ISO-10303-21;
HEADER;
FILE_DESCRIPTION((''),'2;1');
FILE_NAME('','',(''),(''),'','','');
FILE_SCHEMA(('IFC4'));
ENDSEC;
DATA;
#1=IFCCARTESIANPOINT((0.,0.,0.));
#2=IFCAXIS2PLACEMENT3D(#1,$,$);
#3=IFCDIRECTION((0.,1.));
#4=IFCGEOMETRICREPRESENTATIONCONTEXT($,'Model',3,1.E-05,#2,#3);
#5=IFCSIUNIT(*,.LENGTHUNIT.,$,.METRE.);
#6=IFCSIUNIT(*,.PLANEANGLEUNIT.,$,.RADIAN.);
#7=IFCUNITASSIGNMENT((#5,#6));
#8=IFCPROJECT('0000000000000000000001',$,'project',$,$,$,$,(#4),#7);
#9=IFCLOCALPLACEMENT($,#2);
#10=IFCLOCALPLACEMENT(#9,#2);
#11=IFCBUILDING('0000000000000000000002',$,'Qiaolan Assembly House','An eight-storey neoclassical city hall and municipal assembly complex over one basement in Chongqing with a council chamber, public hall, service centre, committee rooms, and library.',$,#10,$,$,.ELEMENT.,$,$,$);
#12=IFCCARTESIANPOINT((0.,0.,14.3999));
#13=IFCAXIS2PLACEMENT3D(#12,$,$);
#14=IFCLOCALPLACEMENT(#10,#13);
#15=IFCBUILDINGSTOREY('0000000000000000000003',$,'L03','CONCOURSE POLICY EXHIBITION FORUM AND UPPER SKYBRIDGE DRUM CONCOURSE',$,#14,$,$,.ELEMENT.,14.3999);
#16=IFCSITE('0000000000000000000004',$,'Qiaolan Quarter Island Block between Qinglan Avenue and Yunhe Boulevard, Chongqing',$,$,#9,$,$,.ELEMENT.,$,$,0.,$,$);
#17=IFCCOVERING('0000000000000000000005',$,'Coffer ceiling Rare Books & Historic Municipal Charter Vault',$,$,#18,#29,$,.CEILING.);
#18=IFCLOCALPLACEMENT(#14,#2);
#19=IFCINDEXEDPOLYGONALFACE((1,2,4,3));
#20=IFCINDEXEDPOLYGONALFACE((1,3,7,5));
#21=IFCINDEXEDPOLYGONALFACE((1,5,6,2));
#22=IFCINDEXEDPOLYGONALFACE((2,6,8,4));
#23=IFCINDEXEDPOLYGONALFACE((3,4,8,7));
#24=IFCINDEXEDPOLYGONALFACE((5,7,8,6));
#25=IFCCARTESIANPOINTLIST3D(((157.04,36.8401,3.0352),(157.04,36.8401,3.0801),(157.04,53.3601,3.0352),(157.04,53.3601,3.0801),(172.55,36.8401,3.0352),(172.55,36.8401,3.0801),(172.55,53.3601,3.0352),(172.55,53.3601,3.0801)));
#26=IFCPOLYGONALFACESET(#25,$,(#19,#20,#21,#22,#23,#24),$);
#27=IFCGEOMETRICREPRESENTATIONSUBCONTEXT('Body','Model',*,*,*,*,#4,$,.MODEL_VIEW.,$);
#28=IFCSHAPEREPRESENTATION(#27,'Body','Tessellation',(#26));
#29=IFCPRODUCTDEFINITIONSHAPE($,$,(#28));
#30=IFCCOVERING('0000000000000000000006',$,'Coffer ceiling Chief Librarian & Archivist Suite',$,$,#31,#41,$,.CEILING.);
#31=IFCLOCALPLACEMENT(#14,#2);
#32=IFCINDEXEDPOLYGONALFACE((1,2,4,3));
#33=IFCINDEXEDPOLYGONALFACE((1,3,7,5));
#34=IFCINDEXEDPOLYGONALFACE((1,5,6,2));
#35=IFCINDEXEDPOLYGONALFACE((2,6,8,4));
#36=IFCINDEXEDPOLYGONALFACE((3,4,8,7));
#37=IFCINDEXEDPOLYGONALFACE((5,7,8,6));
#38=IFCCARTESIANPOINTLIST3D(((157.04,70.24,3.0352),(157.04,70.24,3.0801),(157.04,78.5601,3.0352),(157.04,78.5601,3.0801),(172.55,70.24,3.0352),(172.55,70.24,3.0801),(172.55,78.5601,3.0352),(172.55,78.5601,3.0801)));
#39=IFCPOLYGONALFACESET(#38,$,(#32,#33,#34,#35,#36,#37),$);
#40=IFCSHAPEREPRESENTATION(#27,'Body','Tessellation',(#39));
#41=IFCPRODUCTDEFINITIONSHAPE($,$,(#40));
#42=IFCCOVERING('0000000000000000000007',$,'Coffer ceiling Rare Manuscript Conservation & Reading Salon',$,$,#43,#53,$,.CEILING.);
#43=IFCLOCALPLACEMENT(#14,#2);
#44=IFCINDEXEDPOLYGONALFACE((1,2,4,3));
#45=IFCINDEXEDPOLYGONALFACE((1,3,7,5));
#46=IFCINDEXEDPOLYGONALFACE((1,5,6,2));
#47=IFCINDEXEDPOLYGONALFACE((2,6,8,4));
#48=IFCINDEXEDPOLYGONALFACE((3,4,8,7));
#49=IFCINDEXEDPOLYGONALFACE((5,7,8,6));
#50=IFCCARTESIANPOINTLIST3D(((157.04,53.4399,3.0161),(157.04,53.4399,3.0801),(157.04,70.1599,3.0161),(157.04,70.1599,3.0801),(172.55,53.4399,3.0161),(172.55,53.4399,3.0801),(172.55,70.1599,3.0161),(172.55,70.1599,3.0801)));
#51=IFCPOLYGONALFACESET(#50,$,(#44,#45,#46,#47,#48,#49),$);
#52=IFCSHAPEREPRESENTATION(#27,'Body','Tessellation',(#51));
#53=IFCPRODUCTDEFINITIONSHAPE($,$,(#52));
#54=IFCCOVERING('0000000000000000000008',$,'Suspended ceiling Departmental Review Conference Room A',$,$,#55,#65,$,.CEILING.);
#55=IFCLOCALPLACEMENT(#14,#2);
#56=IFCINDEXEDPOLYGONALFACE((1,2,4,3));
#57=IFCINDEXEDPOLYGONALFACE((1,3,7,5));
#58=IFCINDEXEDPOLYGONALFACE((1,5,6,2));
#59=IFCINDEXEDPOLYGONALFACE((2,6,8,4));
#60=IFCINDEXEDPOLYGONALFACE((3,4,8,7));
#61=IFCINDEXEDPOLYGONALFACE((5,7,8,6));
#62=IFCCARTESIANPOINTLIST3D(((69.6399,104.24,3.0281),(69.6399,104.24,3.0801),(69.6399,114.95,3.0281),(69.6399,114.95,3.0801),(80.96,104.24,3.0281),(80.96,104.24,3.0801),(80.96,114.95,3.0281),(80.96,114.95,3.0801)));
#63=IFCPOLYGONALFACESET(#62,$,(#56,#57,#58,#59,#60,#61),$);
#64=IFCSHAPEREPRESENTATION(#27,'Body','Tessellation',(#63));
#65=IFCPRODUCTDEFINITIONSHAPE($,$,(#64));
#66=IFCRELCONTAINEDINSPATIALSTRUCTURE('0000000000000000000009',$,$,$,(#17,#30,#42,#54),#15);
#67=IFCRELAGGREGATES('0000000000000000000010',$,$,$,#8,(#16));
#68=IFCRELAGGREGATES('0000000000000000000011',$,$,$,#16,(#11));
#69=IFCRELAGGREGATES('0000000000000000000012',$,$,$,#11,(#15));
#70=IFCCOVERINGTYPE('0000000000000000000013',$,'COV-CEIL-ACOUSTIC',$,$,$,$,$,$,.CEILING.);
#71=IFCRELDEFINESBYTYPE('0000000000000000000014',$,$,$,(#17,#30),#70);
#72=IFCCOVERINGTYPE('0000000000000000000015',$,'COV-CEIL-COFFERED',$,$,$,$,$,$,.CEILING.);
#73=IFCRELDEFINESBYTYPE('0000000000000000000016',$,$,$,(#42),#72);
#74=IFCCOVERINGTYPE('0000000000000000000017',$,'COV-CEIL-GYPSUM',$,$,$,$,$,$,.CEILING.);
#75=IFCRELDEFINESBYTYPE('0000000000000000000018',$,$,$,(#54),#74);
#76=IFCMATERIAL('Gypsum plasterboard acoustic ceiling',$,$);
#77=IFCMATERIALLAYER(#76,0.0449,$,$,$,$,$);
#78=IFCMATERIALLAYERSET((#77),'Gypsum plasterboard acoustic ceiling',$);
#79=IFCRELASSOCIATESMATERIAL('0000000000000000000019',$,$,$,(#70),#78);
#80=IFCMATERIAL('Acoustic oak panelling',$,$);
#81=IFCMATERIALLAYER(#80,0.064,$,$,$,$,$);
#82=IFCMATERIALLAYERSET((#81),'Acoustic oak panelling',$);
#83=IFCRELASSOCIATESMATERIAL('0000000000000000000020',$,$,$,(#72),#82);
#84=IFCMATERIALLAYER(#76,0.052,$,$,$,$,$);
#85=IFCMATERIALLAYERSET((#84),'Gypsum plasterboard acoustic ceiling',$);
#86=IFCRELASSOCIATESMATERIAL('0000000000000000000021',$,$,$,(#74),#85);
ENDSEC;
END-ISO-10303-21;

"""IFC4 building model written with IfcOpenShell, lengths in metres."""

from ifc_helpers import new_model, si_unit, direction, frame, origin, place, context, subcontext, project, spatial, polyline, outline, extrude, material, layer, layer_set, type_object, element, save


model = new_model("IFC4")

# Units and contexts
model_context = context("Model", 3, precision=1e-05, world=origin(), true_north=direction((0.0, 1.0)))
body_context = subcontext(model_context, "Body", "Model", "MODEL_VIEW")
ifc_project = project(units=[si_unit("LENGTHUNIT", "METRE"), si_unit("PLANEANGLEUNIT", "RADIAN")], contexts=[model_context])

# Site, building, storey
site_placement = place(None, origin())
site = spatial("IfcSite", under=ifc_project, at=site_placement, Name="Qiaolan Quarter Island Block between Qinglan Avenue and Yunhe Boulevard, Chongqing", CompositionType="ELEMENT", RefElevation=0.0)
building_placement = place(site_placement, origin())
building = spatial("IfcBuilding", under=site, at=building_placement, Name="Qiaolan Assembly House", Description="An eight-storey neoclassical city hall and municipal assembly complex over one basement in Chongqing with a council chamber, public hall, service centre, committee rooms, and library.", CompositionType="ELEMENT")
storey_placement = place(building_placement, frame((0.0, 0.0, 14.3999)))
storey = spatial("IfcBuildingStorey", under=building, at=storey_placement, Name="L03", Description="CONCOURSE POLICY EXHIBITION FORUM AND UPPER SKYBRIDGE DRUM CONCOURSE", CompositionType="ELEMENT", Elevation=14.3999)

# Coverings
ifc_material_1 = material(Name="Gypsum plasterboard acoustic ceiling")
ifc_layer_1 = layer(ifc_material_1, 0.0449)
ifc_layer_set_1 = layer_set([ifc_layer_1], Name="Gypsum plasterboard acoustic ceiling")
covering_type_1 = type_object("IfcCoveringType", Name="COV-CEIL-ACOUSTIC", PredefinedType="CEILING", material=ifc_layer_set_1)
covering_1_placement = place(storey_placement, frame((0.0, 0.0, 3.0352)))
element("IfcCovering", 1, at=covering_1_placement, inside=storey, type_object=covering_type_1, Name="Coffer ceiling Rare Books & Historic Municipal Charter Vault", PredefinedType="CEILING", context=body_context, shape_type="SweptSolid", body=[
    extrude(outline(polyline([(157.04, 36.8401), (172.55, 36.8401), (172.55, 53.3601), (157.04, 53.3601), (157.04, 36.8401)])), origin(), (0.0, 0.0, 1.0), 0.0449),
])
covering_2_placement = place(storey_placement, frame((0.0, 0.0, 3.0352)))
element("IfcCovering", 2, at=covering_2_placement, inside=storey, type_object=covering_type_1, Name="Coffer ceiling Chief Librarian & Archivist Suite", PredefinedType="CEILING", context=body_context, shape_type="SweptSolid", body=[
    extrude(outline(polyline([(157.04, 70.24), (172.55, 70.24), (172.55, 78.5601), (157.04, 78.5601), (157.04, 70.24)])), origin(), (0.0, 0.0, 1.0), 0.0449),
])
ifc_material_2 = material(Name="Acoustic oak panelling")
ifc_layer_2 = layer(ifc_material_2, 0.064)
ifc_layer_set_2 = layer_set([ifc_layer_2], Name="Acoustic oak panelling")
covering_type_2 = type_object("IfcCoveringType", Name="COV-CEIL-COFFERED", PredefinedType="CEILING", material=ifc_layer_set_2)
covering_3_placement = place(storey_placement, frame((0.0, 0.0, 3.0161)))
element("IfcCovering", 3, at=covering_3_placement, inside=storey, type_object=covering_type_2, Name="Coffer ceiling Rare Manuscript Conservation & Reading Salon", PredefinedType="CEILING", context=body_context, shape_type="SweptSolid", body=[
    extrude(outline(polyline([(157.04, 53.4399), (172.55, 53.4399), (172.55, 70.1599), (157.04, 70.1599), (157.04, 53.4399)])), origin(), (0.0, 0.0, 1.0), 0.064),
])
ifc_layer_3 = layer(ifc_material_1, 0.052)
ifc_layer_set_3 = layer_set([ifc_layer_3], Name="Gypsum plasterboard acoustic ceiling")
covering_type_3 = type_object("IfcCoveringType", Name="COV-CEIL-GYPSUM", PredefinedType="CEILING", material=ifc_layer_set_3)
covering_4_placement = place(storey_placement, frame((0.0, 0.0, 3.0281)))
element("IfcCovering", 4, at=covering_4_placement, inside=storey, type_object=covering_type_3, Name="Suspended ceiling Departmental Review Conference Room A", PredefinedType="CEILING", context=body_context, shape_type="SweptSolid", body=[
    extrude(outline(polyline([(69.6399, 104.24), (80.96, 104.24), (80.96, 114.95), (69.6399, 114.95), (69.6399, 104.24)])), origin(), (0.0, 0.0, 1.0), 0.052),
])

save(model, "model.ifc")
